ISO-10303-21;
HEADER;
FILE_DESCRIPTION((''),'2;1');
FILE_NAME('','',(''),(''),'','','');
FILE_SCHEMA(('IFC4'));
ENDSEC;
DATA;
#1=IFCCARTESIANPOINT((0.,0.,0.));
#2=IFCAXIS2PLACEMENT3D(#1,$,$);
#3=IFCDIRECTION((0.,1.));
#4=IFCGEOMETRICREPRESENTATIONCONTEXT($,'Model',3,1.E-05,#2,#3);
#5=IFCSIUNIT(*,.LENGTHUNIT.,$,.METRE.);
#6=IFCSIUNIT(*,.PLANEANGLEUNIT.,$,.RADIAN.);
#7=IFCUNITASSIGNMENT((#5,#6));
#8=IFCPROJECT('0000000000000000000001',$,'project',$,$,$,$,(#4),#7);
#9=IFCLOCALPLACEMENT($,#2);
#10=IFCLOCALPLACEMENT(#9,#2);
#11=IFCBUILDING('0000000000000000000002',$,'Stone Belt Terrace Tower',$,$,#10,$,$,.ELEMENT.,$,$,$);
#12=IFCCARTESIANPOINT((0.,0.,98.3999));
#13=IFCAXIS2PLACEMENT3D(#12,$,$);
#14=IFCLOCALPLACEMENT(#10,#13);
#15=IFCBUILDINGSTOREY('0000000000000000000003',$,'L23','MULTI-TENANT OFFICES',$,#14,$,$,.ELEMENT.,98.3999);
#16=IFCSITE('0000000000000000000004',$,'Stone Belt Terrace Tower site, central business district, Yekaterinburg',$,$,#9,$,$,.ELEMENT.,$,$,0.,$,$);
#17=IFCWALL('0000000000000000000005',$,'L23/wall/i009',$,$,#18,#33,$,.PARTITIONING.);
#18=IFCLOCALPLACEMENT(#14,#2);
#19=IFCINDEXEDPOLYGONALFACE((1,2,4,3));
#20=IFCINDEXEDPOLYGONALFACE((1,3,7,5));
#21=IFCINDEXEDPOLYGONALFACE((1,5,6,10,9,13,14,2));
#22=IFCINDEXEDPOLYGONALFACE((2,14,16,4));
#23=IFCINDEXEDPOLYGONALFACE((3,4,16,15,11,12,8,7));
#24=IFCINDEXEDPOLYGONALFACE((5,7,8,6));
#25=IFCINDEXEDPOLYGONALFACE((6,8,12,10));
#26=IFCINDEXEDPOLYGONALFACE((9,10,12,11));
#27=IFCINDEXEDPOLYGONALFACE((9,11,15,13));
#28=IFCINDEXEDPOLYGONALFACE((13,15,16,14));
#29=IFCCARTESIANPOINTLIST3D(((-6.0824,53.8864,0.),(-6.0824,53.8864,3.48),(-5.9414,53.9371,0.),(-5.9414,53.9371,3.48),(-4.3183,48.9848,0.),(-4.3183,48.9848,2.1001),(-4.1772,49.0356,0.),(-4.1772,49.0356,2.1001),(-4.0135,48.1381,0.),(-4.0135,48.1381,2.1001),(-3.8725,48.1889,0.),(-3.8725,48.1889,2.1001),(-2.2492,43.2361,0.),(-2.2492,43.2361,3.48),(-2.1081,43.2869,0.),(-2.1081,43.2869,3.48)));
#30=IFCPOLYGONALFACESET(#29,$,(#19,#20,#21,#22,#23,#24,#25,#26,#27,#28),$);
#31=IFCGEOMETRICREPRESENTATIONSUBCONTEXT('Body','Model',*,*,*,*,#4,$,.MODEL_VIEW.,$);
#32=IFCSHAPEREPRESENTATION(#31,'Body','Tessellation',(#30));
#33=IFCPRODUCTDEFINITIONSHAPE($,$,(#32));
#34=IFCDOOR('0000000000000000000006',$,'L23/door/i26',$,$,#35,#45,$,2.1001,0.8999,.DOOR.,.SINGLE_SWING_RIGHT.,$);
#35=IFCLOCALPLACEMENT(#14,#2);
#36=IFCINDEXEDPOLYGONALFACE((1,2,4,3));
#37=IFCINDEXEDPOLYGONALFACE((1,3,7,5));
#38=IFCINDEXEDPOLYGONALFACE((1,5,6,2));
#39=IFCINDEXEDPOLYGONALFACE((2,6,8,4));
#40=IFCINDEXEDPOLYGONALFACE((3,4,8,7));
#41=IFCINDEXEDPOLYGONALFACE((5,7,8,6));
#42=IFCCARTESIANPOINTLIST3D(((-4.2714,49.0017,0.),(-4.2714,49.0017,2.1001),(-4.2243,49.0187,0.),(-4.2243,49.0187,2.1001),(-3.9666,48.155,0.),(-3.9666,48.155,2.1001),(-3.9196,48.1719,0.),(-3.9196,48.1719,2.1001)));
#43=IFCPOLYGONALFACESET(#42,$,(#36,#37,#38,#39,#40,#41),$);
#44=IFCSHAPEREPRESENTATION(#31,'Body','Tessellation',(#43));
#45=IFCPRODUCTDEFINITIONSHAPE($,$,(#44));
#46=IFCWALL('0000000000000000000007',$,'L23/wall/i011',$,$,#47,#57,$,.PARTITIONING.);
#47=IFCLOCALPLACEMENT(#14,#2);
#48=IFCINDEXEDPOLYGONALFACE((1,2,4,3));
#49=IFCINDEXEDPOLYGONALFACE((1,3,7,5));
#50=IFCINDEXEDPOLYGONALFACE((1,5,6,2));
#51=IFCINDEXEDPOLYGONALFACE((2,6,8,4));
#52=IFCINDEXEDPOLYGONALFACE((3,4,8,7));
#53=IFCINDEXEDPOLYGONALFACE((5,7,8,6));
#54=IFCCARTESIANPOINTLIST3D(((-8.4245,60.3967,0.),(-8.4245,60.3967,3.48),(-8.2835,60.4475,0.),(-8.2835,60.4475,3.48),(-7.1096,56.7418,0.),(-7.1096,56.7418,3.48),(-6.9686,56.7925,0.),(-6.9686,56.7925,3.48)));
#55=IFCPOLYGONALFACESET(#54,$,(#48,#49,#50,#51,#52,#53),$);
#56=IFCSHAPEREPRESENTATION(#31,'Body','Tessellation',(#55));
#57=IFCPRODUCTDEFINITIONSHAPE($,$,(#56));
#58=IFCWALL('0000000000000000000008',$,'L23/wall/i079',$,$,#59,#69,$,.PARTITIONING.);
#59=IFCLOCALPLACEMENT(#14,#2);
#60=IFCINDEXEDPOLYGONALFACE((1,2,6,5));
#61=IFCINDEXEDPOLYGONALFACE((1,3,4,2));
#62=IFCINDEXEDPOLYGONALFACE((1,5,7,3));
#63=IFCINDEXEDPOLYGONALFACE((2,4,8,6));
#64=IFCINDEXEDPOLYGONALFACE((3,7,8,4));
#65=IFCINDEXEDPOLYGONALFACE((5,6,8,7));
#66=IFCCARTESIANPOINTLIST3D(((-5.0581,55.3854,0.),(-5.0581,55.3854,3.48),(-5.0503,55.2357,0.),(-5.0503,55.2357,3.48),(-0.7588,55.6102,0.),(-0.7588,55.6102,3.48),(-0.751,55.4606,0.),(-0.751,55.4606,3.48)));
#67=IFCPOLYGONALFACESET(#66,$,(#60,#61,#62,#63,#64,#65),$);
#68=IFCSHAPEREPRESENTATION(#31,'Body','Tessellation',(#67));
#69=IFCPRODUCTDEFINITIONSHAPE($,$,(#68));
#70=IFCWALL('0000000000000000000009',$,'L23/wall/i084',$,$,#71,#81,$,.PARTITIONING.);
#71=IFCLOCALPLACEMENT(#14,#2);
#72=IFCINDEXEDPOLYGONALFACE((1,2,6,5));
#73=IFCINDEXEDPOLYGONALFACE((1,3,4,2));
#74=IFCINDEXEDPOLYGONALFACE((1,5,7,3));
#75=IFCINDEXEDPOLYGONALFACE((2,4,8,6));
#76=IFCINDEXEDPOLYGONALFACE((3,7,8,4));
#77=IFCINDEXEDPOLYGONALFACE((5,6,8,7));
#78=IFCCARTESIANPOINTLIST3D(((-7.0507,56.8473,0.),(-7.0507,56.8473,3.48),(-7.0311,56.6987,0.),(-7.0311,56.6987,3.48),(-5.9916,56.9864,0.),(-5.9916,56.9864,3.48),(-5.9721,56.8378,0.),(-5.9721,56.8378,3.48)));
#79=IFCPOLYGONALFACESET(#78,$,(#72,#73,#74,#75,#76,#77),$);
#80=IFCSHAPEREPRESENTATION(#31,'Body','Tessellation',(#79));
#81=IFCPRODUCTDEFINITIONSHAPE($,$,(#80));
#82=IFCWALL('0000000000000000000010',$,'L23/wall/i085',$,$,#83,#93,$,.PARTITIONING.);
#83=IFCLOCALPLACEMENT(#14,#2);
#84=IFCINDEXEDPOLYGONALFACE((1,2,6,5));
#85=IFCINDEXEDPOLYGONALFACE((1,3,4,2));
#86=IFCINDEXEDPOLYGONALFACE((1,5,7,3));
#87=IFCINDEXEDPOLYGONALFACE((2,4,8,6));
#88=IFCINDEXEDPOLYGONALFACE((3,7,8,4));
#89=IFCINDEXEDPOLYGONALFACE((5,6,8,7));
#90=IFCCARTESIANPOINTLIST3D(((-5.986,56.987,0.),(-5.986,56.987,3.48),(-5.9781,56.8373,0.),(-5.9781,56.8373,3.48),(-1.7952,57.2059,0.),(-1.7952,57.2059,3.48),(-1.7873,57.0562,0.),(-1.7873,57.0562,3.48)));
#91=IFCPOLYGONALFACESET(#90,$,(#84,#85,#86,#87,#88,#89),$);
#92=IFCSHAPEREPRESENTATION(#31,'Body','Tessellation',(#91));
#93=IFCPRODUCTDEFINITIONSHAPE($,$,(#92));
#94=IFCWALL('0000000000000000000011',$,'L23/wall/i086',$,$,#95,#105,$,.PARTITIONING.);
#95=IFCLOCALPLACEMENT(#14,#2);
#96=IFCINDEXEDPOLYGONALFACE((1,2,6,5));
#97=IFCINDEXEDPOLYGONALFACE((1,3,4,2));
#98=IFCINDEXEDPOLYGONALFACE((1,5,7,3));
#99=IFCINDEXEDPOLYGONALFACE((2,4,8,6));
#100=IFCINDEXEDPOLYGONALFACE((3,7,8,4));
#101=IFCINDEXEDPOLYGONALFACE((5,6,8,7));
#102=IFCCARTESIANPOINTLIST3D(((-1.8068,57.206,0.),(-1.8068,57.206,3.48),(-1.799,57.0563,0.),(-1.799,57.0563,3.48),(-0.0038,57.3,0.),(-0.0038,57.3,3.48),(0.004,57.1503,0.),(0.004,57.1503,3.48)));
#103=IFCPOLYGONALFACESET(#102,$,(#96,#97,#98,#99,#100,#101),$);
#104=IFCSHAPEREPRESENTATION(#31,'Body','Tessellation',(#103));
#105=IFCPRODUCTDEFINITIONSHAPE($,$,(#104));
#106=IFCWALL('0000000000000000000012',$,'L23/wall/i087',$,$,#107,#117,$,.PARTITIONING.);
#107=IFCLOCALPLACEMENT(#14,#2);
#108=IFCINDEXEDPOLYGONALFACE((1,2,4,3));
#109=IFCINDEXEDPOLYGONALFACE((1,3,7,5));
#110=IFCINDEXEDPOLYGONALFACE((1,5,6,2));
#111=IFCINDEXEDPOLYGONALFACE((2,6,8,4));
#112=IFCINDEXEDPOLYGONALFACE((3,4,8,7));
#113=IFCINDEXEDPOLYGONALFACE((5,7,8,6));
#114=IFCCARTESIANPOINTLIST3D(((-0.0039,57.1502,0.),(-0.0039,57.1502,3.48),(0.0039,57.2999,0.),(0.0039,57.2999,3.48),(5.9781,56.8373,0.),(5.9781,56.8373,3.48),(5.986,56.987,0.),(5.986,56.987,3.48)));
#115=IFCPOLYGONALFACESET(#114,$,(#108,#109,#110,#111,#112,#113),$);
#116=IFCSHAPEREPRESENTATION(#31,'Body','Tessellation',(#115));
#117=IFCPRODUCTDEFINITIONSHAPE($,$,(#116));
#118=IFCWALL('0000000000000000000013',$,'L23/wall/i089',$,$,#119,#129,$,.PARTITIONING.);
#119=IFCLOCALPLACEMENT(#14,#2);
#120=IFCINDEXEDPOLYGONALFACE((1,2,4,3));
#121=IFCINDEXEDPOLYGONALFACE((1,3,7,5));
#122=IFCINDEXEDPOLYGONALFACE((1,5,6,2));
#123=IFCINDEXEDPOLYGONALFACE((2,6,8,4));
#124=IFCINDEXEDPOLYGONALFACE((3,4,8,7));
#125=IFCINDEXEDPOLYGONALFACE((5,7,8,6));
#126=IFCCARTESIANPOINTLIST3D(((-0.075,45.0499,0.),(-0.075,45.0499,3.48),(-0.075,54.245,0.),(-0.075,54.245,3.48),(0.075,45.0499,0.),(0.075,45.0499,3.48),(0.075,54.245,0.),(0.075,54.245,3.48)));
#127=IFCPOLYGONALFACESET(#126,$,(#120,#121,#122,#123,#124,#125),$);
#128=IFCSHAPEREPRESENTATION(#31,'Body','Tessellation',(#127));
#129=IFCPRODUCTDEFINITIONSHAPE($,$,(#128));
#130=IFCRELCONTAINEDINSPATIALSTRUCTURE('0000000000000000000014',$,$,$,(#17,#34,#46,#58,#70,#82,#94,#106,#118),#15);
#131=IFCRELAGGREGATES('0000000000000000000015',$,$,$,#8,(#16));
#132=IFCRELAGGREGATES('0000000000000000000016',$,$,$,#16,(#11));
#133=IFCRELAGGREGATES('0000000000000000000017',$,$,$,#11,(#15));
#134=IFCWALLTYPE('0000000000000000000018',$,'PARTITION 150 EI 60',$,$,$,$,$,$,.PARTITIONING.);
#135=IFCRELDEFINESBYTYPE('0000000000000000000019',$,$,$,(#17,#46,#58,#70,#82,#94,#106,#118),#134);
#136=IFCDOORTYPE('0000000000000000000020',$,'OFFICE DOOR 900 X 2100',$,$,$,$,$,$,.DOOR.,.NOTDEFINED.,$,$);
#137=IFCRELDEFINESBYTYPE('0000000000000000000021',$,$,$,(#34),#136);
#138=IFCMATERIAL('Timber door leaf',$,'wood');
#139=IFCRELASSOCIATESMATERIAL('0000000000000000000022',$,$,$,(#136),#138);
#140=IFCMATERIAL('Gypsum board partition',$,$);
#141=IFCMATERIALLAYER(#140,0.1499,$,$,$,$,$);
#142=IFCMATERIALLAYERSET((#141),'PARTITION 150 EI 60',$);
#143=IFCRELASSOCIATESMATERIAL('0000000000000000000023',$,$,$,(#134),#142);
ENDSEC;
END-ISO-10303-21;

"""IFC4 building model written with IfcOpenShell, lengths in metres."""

from ifc_helpers import new_model, si_unit, direction, frame, frame_2d, origin, place, context, subcontext, project, spatial, rectangle, extrude, material, layer, layer_set, type_object, element, fill, save


model = new_model("IFC4")

# Units and contexts
model_context = context("Model", 3, precision=1e-05, world=origin(), true_north=direction((0.0, 1.0)))
body_context = subcontext(model_context, "Body", "Model", "MODEL_VIEW")
ifc_project = project(units=[si_unit("LENGTHUNIT", "METRE"), si_unit("PLANEANGLEUNIT", "RADIAN")], contexts=[model_context])

# Site, building, storey
site_placement = place(None, origin())
site = spatial("IfcSite", under=ifc_project, at=site_placement, Name="Stone Belt Terrace Tower site, central business district, Yekaterinburg", CompositionType="ELEMENT", RefElevation=0.0)
building_placement = place(site_placement, origin())
building = spatial("IfcBuilding", under=site, at=building_placement, Name="Stone Belt Terrace Tower", CompositionType="ELEMENT")
storey_placement = place(building_placement, frame((0.0, 0.0, 98.3999)))
storey = spatial("IfcBuildingStorey", under=building, at=storey_placement, Name="L23", Description="MULTI-TENANT OFFICES", CompositionType="ELEMENT", Elevation=98.3999)

# Shared definitions
ifc_material_1 = material(Name="Timber door leaf", Category="wood")

# Shared definitions
ifc_material_2 = material(Name="Gypsum board partition")
door_type_1 = type_object("IfcDoorType", Name="OFFICE DOOR 900 X 2100", OperationType="NOTDEFINED", PredefinedType="DOOR", material=ifc_material_1)

# Wall, opening, door
ifc_layer_1 = layer(ifc_material_2, 0.1499)
ifc_layer_set_1 = layer_set([ifc_layer_1], Name="PARTITION 150 EI 60")
wall_type_1 = type_object("IfcWallType", Name="PARTITION 150 EI 60", PredefinedType="PARTITIONING", material=ifc_layer_set_1)
wall_1_placement = place(storey_placement, frame((-6.012, 53.9119, 0.0), z_axis=(0.0, 0.0, 1.0), x_axis=(0.338657, -0.94091, 0.0)))
wall_1 = element("IfcWall", 1, at=wall_1_placement, inside=storey, type_object=wall_type_1, Name="L23/wall/i009", PredefinedType="PARTITIONING", context=body_context, shape_type="SweptSolid", body=[
    extrude(rectangle(XDim=11.3191, YDim=0.1499, at=frame_2d((5.6597, 0.0))), origin(), (0.0, 0.0, 1.0), 3.48),
])
opening_1_placement = place(wall_1_placement, frame((5.2095, 0.0, 0.0)))
opening_1 = element("IfcOpeningElement", 2, at=opening_1_placement, cuts=wall_1, PredefinedType="OPENING", context=body_context, shape_type="SweptSolid", body=[
    extrude(rectangle(XDim=0.8999, YDim=2.1001, at=frame_2d((0.45, 1.05))), frame((0.0, 0.085, 0.0), z_axis=(0.0, -1.0, 0.0), x_axis=(1.0, 0.0, 0.0)), (0.0, 0.0, 1.0), 0.1699),
])
door_1_placement = place(opening_1_placement, origin())
door_1 = element("IfcDoor", 3, at=door_1_placement, inside=storey, type_object=door_type_1, Name="L23/door/i26", OperationType="SINGLE_SWING_RIGHT", OverallHeight=2.1001, OverallWidth=0.8999, PredefinedType="DOOR", context=body_context, shape_type="SweptSolid", body=[
    extrude(rectangle(XDim=0.8999, YDim=2.1001, at=frame_2d((0.45, 1.05))), frame((0.0, 0.0249, 0.0), z_axis=(0.0, -1.0, 0.0), x_axis=(1.0, 0.0, 0.0)), (0.0, 0.0, 1.0), 0.05),
])
fill(opening_1, door_1)

# Walls
wall_2_placement = place(storey_placement, frame((-8.354, 60.4221, 0.0), z_axis=(0.0, 0.0, 1.0), x_axis=(0.338521, -0.940959, 0.0)))
element("IfcWall", 4, at=wall_2_placement, inside=storey, type_object=wall_type_1, Name="L23/wall/i011", PredefinedType="PARTITIONING", context=body_context, shape_type="SweptSolid", body=[
    extrude(rectangle(XDim=3.8843, YDim=0.1499, at=frame_2d((1.9421, 0.0))), origin(), (0.0, 0.0, 1.0), 3.48),
])
wall_3_placement = place(storey_placement, frame((-0.7549, 55.5354, 0.0), z_axis=(0.0, 0.0, 1.0), x_axis=(-0.998635, -0.052228, 0.0)))
element("IfcWall", 5, at=wall_3_placement, inside=storey, type_object=wall_type_1, Name="L23/wall/i079", PredefinedType="PARTITIONING", context=body_context, shape_type="SweptSolid", body=[
    extrude(rectangle(XDim=4.3052, YDim=0.1499, at=frame_2d((2.1526, 0.0))), origin(), (0.0, 0.0, 1.0), 3.48),
])
wall_4_placement = place(storey_placement, frame((-7.041, 56.7729, 0.0), z_axis=(0.0, 0.0, 1.0), x_axis=(0.991478, 0.130277, 0.0)))
element("IfcWall", 6, at=wall_4_placement, inside=storey, type_object=wall_type_1, Name="L23/wall/i084", PredefinedType="PARTITIONING", context=body_context, shape_type="SweptSolid", body=[
    extrude(rectangle(XDim=1.0681, YDim=0.1499, at=frame_2d((0.5342, 0.0))), origin(), (0.0, 0.0, 1.0), 3.48),
])
wall_5_placement = place(storey_placement, frame((-5.9819, 56.9121, 0.0), z_axis=(0.0, 0.0, 1.0), x_axis=(0.998638, 0.052183, 0.0)))
element("IfcWall", 7, at=wall_5_placement, inside=storey, type_object=wall_type_1, Name="L23/wall/i085", PredefinedType="PARTITIONING", context=body_context, shape_type="SweptSolid", body=[
    extrude(rectangle(XDim=4.1965, YDim=0.1499, at=frame_2d((2.0981, 0.0))), origin(), (0.0, 0.0, 1.0), 3.48),
])
wall_6_placement = place(storey_placement, frame((-1.803, 57.1311, 0.0), z_axis=(0.0, 0.0, 1.0), x_axis=(0.998644, 0.052062, 0.0)))
element("IfcWall", 8, at=wall_6_placement, inside=storey, type_object=wall_type_1, Name="L23/wall/i086", PredefinedType="PARTITIONING", context=body_context, shape_type="SweptSolid", body=[
    extrude(rectangle(XDim=1.8054, YDim=0.1499, at=frame_2d((0.9028, 0.0))), origin(), (0.0, 0.0, 1.0), 3.48),
])
wall_7_placement = place(storey_placement, frame((0.0, 57.2251, 0.0), z_axis=(0.0, 0.0, 1.0), x_axis=(0.998634, -0.052251, 0.0)))
element("IfcWall", 9, at=wall_7_placement, inside=storey, type_object=wall_type_1, Name="L23/wall/i087", PredefinedType="PARTITIONING", context=body_context, shape_type="SweptSolid", body=[
    extrude(rectangle(XDim=5.9902, YDim=0.1499, at=frame_2d((2.9951, 0.0))), origin(), (0.0, 0.0, 1.0), 3.48),
])
wall_8_placement = place(storey_placement, frame((0.0, 54.2451, 0.0), z_axis=(0.0, 0.0, 1.0), x_axis=(0.0, -1.0, 0.0)))
element("IfcWall", 10, at=wall_8_placement, inside=storey, type_object=wall_type_1, Name="L23/wall/i089", PredefinedType="PARTITIONING", context=body_context, shape_type="SweptSolid", body=[
    extrude(rectangle(XDim=9.1951, YDim=0.1499, at=frame_2d((4.5977, 0.0))), origin(), (0.0, 0.0, 1.0), 3.48),
])

save(model, "model.ifc")
